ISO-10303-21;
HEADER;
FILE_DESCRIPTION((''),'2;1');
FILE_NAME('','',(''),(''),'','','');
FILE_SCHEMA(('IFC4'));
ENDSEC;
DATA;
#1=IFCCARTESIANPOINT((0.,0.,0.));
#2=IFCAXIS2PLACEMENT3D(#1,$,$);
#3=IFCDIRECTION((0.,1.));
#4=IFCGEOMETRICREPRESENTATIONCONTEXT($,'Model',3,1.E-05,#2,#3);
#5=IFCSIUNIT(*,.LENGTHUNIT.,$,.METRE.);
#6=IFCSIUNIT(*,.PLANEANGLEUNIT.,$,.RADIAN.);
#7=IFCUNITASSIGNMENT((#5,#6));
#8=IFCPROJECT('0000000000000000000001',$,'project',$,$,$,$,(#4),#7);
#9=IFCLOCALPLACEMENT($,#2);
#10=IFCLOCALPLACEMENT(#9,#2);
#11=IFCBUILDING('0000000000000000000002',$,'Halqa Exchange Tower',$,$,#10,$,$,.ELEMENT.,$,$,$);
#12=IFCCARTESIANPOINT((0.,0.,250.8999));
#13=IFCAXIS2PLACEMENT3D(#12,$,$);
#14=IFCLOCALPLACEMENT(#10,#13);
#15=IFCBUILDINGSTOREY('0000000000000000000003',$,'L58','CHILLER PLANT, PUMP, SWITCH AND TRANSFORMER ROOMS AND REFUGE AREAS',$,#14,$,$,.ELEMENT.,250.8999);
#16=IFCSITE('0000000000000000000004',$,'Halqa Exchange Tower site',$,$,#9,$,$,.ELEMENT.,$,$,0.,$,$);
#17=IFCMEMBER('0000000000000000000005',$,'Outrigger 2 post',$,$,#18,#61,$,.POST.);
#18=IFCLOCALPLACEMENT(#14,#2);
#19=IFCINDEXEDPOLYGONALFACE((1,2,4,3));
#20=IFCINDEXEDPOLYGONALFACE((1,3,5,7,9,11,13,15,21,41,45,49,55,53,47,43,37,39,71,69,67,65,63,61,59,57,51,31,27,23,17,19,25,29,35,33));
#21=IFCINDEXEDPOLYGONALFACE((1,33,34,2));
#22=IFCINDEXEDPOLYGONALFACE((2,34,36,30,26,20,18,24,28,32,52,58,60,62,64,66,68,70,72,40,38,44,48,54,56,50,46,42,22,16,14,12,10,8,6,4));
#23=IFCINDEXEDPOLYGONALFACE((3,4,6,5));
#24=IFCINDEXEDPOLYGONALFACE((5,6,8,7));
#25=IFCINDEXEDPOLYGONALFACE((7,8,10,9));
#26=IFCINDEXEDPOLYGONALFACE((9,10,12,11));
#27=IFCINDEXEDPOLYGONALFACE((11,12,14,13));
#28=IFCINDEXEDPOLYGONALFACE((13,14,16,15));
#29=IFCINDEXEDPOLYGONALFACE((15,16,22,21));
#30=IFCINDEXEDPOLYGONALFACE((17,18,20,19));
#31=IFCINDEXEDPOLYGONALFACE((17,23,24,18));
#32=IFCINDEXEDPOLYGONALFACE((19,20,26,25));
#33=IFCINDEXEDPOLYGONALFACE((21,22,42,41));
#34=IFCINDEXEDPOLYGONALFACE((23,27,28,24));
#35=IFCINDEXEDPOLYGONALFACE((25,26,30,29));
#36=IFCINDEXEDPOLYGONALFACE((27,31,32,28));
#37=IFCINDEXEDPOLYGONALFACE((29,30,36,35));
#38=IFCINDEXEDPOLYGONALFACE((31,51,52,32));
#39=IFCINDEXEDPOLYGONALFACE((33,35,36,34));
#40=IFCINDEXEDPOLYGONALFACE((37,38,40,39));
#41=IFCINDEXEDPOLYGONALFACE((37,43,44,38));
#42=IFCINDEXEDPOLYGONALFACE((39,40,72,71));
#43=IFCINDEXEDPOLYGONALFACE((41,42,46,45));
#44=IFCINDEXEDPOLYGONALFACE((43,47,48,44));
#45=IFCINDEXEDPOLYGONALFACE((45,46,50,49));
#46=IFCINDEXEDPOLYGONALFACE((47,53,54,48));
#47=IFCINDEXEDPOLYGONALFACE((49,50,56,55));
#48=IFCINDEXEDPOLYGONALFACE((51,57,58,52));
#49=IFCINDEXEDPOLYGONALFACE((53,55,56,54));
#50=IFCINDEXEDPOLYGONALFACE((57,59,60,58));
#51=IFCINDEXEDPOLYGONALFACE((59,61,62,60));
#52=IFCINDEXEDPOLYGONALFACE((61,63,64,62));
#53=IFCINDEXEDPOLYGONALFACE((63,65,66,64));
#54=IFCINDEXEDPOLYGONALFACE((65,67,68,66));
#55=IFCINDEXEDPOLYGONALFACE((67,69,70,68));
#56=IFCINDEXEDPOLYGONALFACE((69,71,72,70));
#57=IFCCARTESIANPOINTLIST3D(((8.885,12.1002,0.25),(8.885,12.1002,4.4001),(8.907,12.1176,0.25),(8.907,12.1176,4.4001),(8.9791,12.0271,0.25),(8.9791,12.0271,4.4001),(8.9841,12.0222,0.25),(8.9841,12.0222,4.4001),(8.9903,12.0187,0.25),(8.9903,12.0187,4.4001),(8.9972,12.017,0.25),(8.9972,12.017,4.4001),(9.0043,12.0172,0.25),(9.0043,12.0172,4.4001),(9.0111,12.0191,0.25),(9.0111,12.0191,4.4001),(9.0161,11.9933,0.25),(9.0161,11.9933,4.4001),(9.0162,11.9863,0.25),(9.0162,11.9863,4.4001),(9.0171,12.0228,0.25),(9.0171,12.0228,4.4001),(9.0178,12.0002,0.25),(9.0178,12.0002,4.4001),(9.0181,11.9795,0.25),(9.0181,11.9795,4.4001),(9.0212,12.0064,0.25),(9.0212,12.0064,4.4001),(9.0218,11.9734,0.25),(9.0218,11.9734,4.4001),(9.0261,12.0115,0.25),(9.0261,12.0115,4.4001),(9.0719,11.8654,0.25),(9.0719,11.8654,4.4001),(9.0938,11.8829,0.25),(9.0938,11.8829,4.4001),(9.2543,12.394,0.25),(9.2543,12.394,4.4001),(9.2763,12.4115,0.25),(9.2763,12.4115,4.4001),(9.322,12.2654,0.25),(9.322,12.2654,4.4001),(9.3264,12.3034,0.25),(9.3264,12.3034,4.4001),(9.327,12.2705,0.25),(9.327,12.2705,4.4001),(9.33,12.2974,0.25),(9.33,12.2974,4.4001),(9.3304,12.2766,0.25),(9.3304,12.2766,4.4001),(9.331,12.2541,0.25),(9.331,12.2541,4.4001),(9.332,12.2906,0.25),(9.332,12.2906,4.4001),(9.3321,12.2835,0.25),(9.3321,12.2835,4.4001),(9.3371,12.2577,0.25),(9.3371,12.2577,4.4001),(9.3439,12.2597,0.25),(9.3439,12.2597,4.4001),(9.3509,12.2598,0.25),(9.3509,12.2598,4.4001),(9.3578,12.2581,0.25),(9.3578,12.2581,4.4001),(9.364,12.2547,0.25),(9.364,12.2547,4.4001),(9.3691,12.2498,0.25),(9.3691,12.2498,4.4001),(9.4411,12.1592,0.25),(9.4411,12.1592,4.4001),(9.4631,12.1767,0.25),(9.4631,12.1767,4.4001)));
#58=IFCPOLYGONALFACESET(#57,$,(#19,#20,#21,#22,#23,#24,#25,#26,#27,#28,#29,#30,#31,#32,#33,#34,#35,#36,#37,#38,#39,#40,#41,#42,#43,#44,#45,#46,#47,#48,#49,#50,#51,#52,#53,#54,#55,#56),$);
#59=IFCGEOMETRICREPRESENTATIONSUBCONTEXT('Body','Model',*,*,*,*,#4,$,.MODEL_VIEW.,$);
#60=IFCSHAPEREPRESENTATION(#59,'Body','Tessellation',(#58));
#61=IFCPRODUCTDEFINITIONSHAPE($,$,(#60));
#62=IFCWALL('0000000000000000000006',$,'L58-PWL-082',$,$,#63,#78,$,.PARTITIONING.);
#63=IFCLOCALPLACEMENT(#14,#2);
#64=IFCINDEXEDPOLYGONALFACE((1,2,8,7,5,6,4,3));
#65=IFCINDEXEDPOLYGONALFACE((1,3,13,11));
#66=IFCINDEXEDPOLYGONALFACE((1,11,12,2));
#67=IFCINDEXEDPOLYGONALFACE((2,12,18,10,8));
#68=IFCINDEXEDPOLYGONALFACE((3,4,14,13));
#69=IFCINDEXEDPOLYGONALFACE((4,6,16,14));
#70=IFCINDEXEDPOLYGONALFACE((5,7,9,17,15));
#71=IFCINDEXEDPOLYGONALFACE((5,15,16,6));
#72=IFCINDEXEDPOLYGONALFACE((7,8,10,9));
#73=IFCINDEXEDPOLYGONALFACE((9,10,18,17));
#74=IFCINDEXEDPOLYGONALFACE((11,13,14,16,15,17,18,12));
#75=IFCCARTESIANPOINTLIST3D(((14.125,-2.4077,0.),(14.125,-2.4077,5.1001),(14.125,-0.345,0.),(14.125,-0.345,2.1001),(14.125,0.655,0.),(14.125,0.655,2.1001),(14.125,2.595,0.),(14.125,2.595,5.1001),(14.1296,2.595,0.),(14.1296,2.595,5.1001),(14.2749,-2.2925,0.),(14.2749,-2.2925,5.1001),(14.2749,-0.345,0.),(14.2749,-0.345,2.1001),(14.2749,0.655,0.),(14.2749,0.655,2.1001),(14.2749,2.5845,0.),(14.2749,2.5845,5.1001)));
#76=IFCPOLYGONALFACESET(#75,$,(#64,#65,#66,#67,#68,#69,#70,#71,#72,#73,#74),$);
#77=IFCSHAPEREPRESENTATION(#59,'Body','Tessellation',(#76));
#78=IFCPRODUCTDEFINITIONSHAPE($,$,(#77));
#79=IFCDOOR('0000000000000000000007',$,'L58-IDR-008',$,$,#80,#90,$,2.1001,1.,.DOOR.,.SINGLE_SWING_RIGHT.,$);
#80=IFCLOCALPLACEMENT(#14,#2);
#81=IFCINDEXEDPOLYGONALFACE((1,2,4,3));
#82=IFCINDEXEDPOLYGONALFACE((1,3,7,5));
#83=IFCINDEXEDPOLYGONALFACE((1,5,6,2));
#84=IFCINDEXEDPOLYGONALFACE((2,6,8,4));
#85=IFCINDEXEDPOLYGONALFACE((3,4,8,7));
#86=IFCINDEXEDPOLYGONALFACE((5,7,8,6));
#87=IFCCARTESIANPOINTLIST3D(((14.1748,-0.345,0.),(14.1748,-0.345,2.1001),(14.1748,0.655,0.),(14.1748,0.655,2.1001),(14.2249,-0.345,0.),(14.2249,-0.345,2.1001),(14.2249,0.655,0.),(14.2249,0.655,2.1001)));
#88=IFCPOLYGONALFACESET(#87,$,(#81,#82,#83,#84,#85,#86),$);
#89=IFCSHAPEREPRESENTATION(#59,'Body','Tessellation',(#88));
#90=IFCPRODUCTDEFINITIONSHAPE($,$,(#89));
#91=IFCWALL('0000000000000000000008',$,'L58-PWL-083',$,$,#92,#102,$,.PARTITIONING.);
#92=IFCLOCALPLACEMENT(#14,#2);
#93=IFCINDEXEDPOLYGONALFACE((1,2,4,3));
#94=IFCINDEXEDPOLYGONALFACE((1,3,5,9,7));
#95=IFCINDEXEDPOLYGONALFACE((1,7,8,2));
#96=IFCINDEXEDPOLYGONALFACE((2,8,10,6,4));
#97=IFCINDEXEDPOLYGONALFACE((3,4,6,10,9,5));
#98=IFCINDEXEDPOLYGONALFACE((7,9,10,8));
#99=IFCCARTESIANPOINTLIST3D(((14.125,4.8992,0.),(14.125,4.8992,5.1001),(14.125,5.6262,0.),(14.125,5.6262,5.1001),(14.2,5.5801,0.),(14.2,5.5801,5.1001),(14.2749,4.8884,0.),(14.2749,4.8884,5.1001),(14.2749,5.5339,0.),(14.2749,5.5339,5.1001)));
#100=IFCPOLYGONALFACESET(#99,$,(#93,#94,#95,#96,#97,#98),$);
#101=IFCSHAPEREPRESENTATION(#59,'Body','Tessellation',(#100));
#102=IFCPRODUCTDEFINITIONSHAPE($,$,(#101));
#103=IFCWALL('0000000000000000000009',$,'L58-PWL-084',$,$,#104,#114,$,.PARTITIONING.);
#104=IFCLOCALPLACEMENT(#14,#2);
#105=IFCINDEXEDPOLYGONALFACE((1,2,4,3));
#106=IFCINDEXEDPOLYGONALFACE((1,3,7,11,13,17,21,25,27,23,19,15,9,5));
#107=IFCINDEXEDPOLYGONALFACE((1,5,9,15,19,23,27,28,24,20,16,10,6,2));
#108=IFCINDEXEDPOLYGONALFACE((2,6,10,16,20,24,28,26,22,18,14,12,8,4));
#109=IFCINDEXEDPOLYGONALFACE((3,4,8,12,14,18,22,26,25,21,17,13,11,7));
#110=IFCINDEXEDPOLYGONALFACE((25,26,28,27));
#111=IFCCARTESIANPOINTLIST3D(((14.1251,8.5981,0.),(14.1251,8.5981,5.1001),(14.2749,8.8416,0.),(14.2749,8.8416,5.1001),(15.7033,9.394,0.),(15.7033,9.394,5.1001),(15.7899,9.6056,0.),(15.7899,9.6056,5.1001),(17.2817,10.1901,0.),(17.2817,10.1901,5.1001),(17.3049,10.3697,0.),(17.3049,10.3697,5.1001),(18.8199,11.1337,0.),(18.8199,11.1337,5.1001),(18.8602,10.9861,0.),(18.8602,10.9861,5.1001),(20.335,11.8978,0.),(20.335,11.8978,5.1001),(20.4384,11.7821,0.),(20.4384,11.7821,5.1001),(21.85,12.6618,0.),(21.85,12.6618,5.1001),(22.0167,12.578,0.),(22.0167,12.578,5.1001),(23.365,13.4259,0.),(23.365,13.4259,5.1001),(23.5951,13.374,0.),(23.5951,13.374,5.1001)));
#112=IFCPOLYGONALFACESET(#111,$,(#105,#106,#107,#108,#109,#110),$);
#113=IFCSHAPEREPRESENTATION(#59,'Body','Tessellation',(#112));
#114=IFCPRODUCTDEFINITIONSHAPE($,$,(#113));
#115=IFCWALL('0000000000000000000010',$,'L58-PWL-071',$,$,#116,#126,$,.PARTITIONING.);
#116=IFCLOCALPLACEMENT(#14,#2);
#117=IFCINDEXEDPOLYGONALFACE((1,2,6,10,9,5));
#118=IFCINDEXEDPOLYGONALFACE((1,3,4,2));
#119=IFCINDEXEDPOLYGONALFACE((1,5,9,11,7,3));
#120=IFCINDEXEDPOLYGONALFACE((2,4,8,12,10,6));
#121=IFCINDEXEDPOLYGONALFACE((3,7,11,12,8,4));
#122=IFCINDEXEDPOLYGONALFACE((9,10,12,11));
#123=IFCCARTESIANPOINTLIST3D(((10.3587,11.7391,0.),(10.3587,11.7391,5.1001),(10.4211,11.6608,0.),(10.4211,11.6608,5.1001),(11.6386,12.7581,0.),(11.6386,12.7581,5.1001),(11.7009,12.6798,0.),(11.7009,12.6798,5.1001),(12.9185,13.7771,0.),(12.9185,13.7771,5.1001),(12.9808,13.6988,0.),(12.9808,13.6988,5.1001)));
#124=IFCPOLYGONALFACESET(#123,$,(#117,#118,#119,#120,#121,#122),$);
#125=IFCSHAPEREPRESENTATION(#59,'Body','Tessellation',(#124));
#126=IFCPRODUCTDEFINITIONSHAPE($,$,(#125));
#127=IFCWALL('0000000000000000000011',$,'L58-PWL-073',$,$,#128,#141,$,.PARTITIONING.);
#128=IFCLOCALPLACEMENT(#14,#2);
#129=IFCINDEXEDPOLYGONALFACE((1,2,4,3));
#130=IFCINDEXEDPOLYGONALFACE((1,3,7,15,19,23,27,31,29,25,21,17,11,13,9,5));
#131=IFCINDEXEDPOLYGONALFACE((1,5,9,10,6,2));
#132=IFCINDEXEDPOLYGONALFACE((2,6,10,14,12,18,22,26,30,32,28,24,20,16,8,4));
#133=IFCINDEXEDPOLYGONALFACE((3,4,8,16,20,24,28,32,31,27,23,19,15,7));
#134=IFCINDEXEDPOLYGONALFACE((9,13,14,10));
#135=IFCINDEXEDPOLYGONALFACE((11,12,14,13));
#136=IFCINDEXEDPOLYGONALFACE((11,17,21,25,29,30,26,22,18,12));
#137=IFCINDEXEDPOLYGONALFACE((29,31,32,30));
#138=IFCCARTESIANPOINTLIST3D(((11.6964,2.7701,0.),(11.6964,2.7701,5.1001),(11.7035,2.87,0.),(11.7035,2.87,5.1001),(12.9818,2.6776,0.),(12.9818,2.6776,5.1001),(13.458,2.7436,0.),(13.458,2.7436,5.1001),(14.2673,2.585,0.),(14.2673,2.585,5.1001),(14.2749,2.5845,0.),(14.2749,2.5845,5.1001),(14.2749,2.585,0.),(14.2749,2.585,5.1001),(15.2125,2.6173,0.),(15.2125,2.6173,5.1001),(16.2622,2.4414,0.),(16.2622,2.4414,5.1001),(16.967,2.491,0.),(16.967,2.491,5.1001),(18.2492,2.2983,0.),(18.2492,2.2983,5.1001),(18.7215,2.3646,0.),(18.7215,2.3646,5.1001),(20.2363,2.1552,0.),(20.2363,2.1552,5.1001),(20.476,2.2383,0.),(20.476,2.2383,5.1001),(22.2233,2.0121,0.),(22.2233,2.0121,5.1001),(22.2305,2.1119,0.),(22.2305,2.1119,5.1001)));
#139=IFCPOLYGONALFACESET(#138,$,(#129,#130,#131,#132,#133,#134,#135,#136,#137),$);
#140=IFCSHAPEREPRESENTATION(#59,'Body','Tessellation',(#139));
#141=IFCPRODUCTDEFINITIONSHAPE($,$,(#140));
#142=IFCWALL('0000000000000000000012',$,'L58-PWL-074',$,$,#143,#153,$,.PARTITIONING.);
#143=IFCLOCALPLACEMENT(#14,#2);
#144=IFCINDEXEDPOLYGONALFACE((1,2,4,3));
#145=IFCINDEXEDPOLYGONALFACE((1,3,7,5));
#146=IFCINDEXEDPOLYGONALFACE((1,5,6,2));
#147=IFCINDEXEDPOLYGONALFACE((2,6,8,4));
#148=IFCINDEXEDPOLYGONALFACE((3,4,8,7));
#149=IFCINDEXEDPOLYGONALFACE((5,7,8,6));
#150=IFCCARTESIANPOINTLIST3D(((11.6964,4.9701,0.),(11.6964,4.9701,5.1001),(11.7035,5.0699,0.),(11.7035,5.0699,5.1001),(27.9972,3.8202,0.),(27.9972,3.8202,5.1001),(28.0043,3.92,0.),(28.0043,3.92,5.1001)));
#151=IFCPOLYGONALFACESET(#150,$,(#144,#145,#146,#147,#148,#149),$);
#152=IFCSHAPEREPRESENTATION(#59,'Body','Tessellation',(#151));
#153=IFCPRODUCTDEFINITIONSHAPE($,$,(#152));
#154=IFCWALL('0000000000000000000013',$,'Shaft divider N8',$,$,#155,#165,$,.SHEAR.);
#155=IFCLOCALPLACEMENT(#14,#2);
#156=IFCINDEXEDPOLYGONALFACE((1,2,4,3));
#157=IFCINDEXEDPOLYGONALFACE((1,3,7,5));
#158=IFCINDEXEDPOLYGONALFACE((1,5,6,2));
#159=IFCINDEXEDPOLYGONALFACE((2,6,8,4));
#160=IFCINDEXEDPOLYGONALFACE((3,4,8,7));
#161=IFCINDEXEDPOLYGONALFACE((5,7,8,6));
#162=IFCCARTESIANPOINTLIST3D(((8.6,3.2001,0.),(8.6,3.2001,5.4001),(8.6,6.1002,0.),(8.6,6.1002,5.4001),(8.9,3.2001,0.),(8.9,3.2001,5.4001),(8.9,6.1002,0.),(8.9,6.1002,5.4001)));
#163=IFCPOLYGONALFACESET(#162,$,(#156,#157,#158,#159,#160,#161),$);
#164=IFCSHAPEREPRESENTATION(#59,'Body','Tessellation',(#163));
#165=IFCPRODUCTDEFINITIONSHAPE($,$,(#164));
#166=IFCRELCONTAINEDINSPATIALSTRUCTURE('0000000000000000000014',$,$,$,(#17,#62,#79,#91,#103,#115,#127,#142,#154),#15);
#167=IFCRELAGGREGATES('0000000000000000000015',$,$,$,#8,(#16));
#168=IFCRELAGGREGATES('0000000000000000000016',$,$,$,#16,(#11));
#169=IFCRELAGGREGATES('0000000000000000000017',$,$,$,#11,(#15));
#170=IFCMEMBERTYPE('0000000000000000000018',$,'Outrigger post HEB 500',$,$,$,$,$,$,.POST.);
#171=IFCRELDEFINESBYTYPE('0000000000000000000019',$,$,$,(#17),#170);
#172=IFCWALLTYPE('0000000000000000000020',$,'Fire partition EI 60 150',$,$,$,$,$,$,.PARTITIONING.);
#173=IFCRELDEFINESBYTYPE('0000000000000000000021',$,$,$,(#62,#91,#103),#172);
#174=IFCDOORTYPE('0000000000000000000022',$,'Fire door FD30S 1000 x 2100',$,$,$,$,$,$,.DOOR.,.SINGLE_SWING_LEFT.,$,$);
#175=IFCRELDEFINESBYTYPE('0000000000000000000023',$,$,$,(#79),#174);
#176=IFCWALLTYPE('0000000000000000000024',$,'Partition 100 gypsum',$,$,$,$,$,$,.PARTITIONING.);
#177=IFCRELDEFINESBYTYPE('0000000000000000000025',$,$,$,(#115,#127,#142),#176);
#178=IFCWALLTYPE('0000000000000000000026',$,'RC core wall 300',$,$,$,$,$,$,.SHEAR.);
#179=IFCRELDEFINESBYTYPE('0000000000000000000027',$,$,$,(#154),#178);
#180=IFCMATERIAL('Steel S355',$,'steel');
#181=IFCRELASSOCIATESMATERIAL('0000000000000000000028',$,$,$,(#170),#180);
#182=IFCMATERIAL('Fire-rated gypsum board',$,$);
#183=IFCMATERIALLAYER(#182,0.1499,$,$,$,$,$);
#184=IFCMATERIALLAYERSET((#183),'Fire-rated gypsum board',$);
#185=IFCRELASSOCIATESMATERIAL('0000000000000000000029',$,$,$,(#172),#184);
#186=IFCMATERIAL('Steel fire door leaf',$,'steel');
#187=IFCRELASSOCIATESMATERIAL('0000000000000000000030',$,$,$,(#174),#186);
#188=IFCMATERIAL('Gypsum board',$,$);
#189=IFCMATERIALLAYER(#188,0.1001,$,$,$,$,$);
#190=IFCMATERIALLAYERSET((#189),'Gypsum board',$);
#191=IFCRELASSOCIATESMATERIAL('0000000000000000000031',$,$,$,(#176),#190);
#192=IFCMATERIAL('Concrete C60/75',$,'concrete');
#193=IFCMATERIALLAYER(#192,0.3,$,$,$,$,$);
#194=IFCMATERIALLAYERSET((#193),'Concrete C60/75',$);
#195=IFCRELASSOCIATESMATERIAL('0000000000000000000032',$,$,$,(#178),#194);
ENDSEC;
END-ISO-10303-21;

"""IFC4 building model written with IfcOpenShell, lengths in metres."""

from ifc_helpers import new_model, si_unit, direction, frame, frame_2d, origin, origin_2d, place, context, subcontext, project, spatial, polyline, rectangle, i_section, outline, extrude, material, layer, layer_set, material_profile, profile_set, type_object, element, fill, save


model = new_model("IFC4")

# Units and contexts
model_context = context("Model", 3, precision=1e-05, world=origin(), true_north=direction((0.0, 1.0)))
body_context = subcontext(model_context, "Body", "Model", "MODEL_VIEW")
ifc_project = project(units=[si_unit("LENGTHUNIT", "METRE"), si_unit("PLANEANGLEUNIT", "RADIAN")], contexts=[model_context])

# Site, building, storey
site_placement = place(None, origin())
site = spatial("IfcSite", under=ifc_project, at=site_placement, Name="Halqa Exchange Tower site", CompositionType="ELEMENT", RefElevation=0.0)
building_placement = place(site_placement, origin())
building = spatial("IfcBuilding", under=site, at=building_placement, Name="Halqa Exchange Tower", CompositionType="ELEMENT")
storey_placement = place(building_placement, frame((0.0, 0.0, 250.8999)))
storey = spatial("IfcBuildingStorey", under=building, at=storey_placement, Name="L58", Description="CHILLER PLANT, PUMP, SWITCH AND TRANSFORMER ROOMS AND REFUGE AREAS", CompositionType="ELEMENT", Elevation=250.8999)

# Shared definitions
ifc_material_1 = material(Name="Steel S355", Category="steel")

# Member
ifc_material_profile_1 = material_profile(ifc_material_1, i_section(OverallWidth=0.3, OverallDepth=0.5, WebThickness=0.0144, FlangeThickness=0.0281, FilletRadius=0.0271, at=origin_2d()), Name="HEB 500")
ifc_profile_set_1 = profile_set([ifc_material_profile_1], Name="Steel S355")
member_type_1 = type_object("IfcMemberType", Name="Outrigger post HEB 500", PredefinedType="POST", material=ifc_profile_set_1)
member_1_placement = place(storey_placement, frame((9.1741, 12.1384, 0.25), z_axis=(0.0, 0.0, 1.0), x_axis=(-0.622651, 0.782499, 0.0)))
element("IfcMember", 1, at=member_1_placement, inside=storey, type_object=member_type_1, Name="Outrigger 2 post", PredefinedType="POST", context=body_context, shape_type="SweptSolid", body=[
    extrude(i_section(OverallWidth=0.3, OverallDepth=0.5, WebThickness=0.0144, FlangeThickness=0.0281, FilletRadius=0.0271, at=origin_2d()), origin(), (0.0, 0.0, 1.0), 4.1501),
])

# Wall, opening, door
ifc_material_2 = material(Name="Fire-rated gypsum board")
ifc_layer_1 = layer(ifc_material_2, 0.1499)
ifc_layer_set_1 = layer_set([ifc_layer_1], Name="Fire-rated gypsum board")
wall_type_1 = type_object("IfcWallType", Name="Fire partition EI 60 150", PredefinedType="PARTITIONING", material=ifc_layer_set_1)
wall_1_placement = place(storey_placement, frame((14.2, 2.595, 0.0), z_axis=(0.0, 0.0, 1.0), x_axis=(0.0, -1.0, 0.0)))
wall_1 = element("IfcWall", 2, at=wall_1_placement, inside=storey, type_object=wall_type_1, Name="L58-PWL-082", PredefinedType="PARTITIONING", context=body_context, shape_type="SweptSolid", body=[
    extrude(outline(polyline([(0.0, -0.075), (1.6675, -0.075), (3.335, -0.075), (5.0027, -0.075), (4.9451, 0.0), (4.8875, 0.075), (3.2617, 0.075), (1.6362, 0.075), (0.0105, 0.075), (0.0, -0.0703), (0.0, -0.075)])), origin(), (0.0, 0.0, 1.0), 5.1001),
])
opening_1_placement = place(wall_1_placement, frame((1.9399, 0.0, 0.0)))
opening_1 = element("IfcOpeningElement", 3, at=opening_1_placement, cuts=wall_1, PredefinedType="OPENING", context=body_context, shape_type="SweptSolid", body=[
    extrude(rectangle(XDim=1.0, YDim=2.1001, at=frame_2d((0.5, 1.05))), frame((0.0, 0.0869, 0.0), z_axis=(0.0, -1.0, 0.0), x_axis=(1.0, 0.0, 0.0)), (0.0, 0.0, 1.0), 0.1738),
])
ifc_material_3 = material(Name="Steel fire door leaf", Category="steel")
door_type_1 = type_object("IfcDoorType", Name="Fire door FD30S 1000 x 2100", OperationType="SINGLE_SWING_LEFT", PredefinedType="DOOR", material=ifc_material_3)
door_1_placement = place(opening_1_placement, origin())
door_1 = element("IfcDoor", 4, at=door_1_placement, inside=storey, type_object=door_type_1, Name="L58-IDR-008", OperationType="SINGLE_SWING_RIGHT", OverallHeight=2.1001, OverallWidth=1.0, PredefinedType="DOOR", context=body_context, shape_type="SweptSolid", body=[
    extrude(rectangle(XDim=1.0, YDim=2.1001, at=frame_2d((0.5, 1.05))), frame((0.0, 0.0249, 0.0), z_axis=(0.0, -1.0, 0.0), x_axis=(1.0, 0.0, 0.0)), (0.0, 0.0, 1.0), 0.05),
])
fill(opening_1, door_1)

# Walls
wall_2_placement = place(storey_placement, frame((14.2, 5.6262, 0.0), z_axis=(0.0, 0.0, 1.0), x_axis=(0.0, -1.0, 0.0)))
element("IfcWall", 5, at=wall_2_placement, inside=storey, type_object=wall_type_1, Name="L58-PWL-083", PredefinedType="PARTITIONING", context=body_context, shape_type="SweptSolid", body=[
    extrude(outline(polyline([(0.0, -0.075), (0.7271, -0.075), (0.7378, 0.075), (0.0923, 0.075), (0.0461, 0.0), (0.0, -0.075)])), origin(), (0.0, 0.0, 1.0), 5.1001),
])
wall_3_placement = place(storey_placement, frame((14.0913, 8.665, 0.0), z_axis=(0.0, 0.0, 1.0), x_axis=(0.89288, 0.450295, 0.0)))
element("IfcWall", 6, at=wall_3_placement, inside=storey, type_object=wall_type_1, Name="L58-PWL-084", PredefinedType="PARTITIONING", context=body_context, shape_type="SweptSolid", body=[
    extrude(outline(polyline([(10.6062, -0.075), (10.6062, -0.075), (10.4241, 0.075), (8.7273, 0.075), (7.0305, 0.075), (5.3337, 0.075), (3.637, 0.075), (1.9402, 0.075), (0.2434, 0.075), (0.0, -0.075), (0.0, -0.075), (1.7676, -0.075), (3.5354, -0.075), (5.3032, -0.075), (7.0708, -0.075), (8.8384, -0.075), (10.6062, -0.075)])), origin(), (0.0, 0.0, 1.0), 5.1001),
])
ifc_material_4 = material(Name="Gypsum board")
ifc_layer_2 = layer(ifc_material_4, 0.1001)
ifc_layer_set_2 = layer_set([ifc_layer_2], Name="Gypsum board")
wall_type_2 = type_object("IfcWallType", Name="Partition 100 gypsum", PredefinedType="PARTITIONING", material=ifc_layer_set_2)
wall_4_placement = place(storey_placement, frame((10.3899, 11.7, 0.0), z_axis=(0.0, 0.0, 1.0), x_axis=(0.782323, 0.622874, 0.0)))
element("IfcWall", 7, at=wall_4_placement, inside=storey, type_object=wall_type_2, Name="L58-PWL-071", PredefinedType="PARTITIONING", context=body_context, shape_type="SweptSolid", body=[
    extrude(outline(polyline([(0.0, 0.05), (0.0, -0.05), (1.636, -0.05), (3.272, -0.05), (3.272, 0.05), (1.636, 0.05), (0.0, 0.05)])), origin(), (0.0, 0.0, 1.0), 5.1001),
])
wall_5_placement = place(storey_placement, frame((11.7, 2.8201, 0.0), z_axis=(0.0, 0.0, 1.0), x_axis=(0.997417, -0.071826, 0.0)))
element("IfcWall", 8, at=wall_5_placement, inside=storey, type_object=wall_type_2, Name="L58-PWL-073", PredefinedType="PARTITIONING", context=body_context, shape_type="SweptSolid", body=[
    extrude(outline(polyline([(0.0, -0.05), (1.2888, -0.05), (2.5776, -0.05), (2.5852, -0.0496), (2.5852, -0.05), (4.5776, -0.05), (6.5698, -0.05), (8.562, -0.05), (10.5542, -0.05), (10.5542, 0.05), (8.7952, 0.05), (7.0361, 0.05), (5.2771, 0.05), (3.5181, 0.05), (1.759, 0.05), (0.0, 0.05), (0.0, -0.05)])), origin(), (0.0, 0.0, 1.0), 5.1001),
])
wall_6_placement = place(storey_placement, frame((11.7, 5.02, 0.0), z_axis=(0.0, 0.0, 1.0), x_axis=(0.997521, -0.070368, 0.0)))
element("IfcWall", 9, at=wall_6_placement, inside=storey, type_object=wall_type_2, Name="L58-PWL-074", PredefinedType="PARTITIONING", context=body_context, shape_type="SweptSolid", body=[
    extrude(rectangle(XDim=16.3413, YDim=0.1001, at=frame_2d((8.1707, 0.0))), origin(), (0.0, 0.0, 1.0), 5.1001),
])
ifc_material_5 = material(Name="Concrete C60/75", Category="concrete")
ifc_layer_3 = layer(ifc_material_5, 0.3)
ifc_layer_set_3 = layer_set([ifc_layer_3], Name="Concrete C60/75")
wall_type_3 = type_object("IfcWallType", Name="RC core wall 300", PredefinedType="SHEAR", material=ifc_layer_set_3)
wall_7_placement = place(storey_placement, frame((8.75, 3.2, 0.0), z_axis=(0.0, 0.0, 1.0), x_axis=(0.0, 1.0, 0.0)))
element("IfcWall", 10, at=wall_7_placement, inside=storey, type_object=wall_type_3, Name="Shaft divider N8", PredefinedType="SHEAR", context=body_context, shape_type="SweptSolid", body=[
    extrude(rectangle(XDim=2.9001, YDim=0.3, at=frame_2d((1.4502, 0.0))), origin(), (0.0, 0.0, 1.0), 5.4001),
])

save(model, "model.ifc")
